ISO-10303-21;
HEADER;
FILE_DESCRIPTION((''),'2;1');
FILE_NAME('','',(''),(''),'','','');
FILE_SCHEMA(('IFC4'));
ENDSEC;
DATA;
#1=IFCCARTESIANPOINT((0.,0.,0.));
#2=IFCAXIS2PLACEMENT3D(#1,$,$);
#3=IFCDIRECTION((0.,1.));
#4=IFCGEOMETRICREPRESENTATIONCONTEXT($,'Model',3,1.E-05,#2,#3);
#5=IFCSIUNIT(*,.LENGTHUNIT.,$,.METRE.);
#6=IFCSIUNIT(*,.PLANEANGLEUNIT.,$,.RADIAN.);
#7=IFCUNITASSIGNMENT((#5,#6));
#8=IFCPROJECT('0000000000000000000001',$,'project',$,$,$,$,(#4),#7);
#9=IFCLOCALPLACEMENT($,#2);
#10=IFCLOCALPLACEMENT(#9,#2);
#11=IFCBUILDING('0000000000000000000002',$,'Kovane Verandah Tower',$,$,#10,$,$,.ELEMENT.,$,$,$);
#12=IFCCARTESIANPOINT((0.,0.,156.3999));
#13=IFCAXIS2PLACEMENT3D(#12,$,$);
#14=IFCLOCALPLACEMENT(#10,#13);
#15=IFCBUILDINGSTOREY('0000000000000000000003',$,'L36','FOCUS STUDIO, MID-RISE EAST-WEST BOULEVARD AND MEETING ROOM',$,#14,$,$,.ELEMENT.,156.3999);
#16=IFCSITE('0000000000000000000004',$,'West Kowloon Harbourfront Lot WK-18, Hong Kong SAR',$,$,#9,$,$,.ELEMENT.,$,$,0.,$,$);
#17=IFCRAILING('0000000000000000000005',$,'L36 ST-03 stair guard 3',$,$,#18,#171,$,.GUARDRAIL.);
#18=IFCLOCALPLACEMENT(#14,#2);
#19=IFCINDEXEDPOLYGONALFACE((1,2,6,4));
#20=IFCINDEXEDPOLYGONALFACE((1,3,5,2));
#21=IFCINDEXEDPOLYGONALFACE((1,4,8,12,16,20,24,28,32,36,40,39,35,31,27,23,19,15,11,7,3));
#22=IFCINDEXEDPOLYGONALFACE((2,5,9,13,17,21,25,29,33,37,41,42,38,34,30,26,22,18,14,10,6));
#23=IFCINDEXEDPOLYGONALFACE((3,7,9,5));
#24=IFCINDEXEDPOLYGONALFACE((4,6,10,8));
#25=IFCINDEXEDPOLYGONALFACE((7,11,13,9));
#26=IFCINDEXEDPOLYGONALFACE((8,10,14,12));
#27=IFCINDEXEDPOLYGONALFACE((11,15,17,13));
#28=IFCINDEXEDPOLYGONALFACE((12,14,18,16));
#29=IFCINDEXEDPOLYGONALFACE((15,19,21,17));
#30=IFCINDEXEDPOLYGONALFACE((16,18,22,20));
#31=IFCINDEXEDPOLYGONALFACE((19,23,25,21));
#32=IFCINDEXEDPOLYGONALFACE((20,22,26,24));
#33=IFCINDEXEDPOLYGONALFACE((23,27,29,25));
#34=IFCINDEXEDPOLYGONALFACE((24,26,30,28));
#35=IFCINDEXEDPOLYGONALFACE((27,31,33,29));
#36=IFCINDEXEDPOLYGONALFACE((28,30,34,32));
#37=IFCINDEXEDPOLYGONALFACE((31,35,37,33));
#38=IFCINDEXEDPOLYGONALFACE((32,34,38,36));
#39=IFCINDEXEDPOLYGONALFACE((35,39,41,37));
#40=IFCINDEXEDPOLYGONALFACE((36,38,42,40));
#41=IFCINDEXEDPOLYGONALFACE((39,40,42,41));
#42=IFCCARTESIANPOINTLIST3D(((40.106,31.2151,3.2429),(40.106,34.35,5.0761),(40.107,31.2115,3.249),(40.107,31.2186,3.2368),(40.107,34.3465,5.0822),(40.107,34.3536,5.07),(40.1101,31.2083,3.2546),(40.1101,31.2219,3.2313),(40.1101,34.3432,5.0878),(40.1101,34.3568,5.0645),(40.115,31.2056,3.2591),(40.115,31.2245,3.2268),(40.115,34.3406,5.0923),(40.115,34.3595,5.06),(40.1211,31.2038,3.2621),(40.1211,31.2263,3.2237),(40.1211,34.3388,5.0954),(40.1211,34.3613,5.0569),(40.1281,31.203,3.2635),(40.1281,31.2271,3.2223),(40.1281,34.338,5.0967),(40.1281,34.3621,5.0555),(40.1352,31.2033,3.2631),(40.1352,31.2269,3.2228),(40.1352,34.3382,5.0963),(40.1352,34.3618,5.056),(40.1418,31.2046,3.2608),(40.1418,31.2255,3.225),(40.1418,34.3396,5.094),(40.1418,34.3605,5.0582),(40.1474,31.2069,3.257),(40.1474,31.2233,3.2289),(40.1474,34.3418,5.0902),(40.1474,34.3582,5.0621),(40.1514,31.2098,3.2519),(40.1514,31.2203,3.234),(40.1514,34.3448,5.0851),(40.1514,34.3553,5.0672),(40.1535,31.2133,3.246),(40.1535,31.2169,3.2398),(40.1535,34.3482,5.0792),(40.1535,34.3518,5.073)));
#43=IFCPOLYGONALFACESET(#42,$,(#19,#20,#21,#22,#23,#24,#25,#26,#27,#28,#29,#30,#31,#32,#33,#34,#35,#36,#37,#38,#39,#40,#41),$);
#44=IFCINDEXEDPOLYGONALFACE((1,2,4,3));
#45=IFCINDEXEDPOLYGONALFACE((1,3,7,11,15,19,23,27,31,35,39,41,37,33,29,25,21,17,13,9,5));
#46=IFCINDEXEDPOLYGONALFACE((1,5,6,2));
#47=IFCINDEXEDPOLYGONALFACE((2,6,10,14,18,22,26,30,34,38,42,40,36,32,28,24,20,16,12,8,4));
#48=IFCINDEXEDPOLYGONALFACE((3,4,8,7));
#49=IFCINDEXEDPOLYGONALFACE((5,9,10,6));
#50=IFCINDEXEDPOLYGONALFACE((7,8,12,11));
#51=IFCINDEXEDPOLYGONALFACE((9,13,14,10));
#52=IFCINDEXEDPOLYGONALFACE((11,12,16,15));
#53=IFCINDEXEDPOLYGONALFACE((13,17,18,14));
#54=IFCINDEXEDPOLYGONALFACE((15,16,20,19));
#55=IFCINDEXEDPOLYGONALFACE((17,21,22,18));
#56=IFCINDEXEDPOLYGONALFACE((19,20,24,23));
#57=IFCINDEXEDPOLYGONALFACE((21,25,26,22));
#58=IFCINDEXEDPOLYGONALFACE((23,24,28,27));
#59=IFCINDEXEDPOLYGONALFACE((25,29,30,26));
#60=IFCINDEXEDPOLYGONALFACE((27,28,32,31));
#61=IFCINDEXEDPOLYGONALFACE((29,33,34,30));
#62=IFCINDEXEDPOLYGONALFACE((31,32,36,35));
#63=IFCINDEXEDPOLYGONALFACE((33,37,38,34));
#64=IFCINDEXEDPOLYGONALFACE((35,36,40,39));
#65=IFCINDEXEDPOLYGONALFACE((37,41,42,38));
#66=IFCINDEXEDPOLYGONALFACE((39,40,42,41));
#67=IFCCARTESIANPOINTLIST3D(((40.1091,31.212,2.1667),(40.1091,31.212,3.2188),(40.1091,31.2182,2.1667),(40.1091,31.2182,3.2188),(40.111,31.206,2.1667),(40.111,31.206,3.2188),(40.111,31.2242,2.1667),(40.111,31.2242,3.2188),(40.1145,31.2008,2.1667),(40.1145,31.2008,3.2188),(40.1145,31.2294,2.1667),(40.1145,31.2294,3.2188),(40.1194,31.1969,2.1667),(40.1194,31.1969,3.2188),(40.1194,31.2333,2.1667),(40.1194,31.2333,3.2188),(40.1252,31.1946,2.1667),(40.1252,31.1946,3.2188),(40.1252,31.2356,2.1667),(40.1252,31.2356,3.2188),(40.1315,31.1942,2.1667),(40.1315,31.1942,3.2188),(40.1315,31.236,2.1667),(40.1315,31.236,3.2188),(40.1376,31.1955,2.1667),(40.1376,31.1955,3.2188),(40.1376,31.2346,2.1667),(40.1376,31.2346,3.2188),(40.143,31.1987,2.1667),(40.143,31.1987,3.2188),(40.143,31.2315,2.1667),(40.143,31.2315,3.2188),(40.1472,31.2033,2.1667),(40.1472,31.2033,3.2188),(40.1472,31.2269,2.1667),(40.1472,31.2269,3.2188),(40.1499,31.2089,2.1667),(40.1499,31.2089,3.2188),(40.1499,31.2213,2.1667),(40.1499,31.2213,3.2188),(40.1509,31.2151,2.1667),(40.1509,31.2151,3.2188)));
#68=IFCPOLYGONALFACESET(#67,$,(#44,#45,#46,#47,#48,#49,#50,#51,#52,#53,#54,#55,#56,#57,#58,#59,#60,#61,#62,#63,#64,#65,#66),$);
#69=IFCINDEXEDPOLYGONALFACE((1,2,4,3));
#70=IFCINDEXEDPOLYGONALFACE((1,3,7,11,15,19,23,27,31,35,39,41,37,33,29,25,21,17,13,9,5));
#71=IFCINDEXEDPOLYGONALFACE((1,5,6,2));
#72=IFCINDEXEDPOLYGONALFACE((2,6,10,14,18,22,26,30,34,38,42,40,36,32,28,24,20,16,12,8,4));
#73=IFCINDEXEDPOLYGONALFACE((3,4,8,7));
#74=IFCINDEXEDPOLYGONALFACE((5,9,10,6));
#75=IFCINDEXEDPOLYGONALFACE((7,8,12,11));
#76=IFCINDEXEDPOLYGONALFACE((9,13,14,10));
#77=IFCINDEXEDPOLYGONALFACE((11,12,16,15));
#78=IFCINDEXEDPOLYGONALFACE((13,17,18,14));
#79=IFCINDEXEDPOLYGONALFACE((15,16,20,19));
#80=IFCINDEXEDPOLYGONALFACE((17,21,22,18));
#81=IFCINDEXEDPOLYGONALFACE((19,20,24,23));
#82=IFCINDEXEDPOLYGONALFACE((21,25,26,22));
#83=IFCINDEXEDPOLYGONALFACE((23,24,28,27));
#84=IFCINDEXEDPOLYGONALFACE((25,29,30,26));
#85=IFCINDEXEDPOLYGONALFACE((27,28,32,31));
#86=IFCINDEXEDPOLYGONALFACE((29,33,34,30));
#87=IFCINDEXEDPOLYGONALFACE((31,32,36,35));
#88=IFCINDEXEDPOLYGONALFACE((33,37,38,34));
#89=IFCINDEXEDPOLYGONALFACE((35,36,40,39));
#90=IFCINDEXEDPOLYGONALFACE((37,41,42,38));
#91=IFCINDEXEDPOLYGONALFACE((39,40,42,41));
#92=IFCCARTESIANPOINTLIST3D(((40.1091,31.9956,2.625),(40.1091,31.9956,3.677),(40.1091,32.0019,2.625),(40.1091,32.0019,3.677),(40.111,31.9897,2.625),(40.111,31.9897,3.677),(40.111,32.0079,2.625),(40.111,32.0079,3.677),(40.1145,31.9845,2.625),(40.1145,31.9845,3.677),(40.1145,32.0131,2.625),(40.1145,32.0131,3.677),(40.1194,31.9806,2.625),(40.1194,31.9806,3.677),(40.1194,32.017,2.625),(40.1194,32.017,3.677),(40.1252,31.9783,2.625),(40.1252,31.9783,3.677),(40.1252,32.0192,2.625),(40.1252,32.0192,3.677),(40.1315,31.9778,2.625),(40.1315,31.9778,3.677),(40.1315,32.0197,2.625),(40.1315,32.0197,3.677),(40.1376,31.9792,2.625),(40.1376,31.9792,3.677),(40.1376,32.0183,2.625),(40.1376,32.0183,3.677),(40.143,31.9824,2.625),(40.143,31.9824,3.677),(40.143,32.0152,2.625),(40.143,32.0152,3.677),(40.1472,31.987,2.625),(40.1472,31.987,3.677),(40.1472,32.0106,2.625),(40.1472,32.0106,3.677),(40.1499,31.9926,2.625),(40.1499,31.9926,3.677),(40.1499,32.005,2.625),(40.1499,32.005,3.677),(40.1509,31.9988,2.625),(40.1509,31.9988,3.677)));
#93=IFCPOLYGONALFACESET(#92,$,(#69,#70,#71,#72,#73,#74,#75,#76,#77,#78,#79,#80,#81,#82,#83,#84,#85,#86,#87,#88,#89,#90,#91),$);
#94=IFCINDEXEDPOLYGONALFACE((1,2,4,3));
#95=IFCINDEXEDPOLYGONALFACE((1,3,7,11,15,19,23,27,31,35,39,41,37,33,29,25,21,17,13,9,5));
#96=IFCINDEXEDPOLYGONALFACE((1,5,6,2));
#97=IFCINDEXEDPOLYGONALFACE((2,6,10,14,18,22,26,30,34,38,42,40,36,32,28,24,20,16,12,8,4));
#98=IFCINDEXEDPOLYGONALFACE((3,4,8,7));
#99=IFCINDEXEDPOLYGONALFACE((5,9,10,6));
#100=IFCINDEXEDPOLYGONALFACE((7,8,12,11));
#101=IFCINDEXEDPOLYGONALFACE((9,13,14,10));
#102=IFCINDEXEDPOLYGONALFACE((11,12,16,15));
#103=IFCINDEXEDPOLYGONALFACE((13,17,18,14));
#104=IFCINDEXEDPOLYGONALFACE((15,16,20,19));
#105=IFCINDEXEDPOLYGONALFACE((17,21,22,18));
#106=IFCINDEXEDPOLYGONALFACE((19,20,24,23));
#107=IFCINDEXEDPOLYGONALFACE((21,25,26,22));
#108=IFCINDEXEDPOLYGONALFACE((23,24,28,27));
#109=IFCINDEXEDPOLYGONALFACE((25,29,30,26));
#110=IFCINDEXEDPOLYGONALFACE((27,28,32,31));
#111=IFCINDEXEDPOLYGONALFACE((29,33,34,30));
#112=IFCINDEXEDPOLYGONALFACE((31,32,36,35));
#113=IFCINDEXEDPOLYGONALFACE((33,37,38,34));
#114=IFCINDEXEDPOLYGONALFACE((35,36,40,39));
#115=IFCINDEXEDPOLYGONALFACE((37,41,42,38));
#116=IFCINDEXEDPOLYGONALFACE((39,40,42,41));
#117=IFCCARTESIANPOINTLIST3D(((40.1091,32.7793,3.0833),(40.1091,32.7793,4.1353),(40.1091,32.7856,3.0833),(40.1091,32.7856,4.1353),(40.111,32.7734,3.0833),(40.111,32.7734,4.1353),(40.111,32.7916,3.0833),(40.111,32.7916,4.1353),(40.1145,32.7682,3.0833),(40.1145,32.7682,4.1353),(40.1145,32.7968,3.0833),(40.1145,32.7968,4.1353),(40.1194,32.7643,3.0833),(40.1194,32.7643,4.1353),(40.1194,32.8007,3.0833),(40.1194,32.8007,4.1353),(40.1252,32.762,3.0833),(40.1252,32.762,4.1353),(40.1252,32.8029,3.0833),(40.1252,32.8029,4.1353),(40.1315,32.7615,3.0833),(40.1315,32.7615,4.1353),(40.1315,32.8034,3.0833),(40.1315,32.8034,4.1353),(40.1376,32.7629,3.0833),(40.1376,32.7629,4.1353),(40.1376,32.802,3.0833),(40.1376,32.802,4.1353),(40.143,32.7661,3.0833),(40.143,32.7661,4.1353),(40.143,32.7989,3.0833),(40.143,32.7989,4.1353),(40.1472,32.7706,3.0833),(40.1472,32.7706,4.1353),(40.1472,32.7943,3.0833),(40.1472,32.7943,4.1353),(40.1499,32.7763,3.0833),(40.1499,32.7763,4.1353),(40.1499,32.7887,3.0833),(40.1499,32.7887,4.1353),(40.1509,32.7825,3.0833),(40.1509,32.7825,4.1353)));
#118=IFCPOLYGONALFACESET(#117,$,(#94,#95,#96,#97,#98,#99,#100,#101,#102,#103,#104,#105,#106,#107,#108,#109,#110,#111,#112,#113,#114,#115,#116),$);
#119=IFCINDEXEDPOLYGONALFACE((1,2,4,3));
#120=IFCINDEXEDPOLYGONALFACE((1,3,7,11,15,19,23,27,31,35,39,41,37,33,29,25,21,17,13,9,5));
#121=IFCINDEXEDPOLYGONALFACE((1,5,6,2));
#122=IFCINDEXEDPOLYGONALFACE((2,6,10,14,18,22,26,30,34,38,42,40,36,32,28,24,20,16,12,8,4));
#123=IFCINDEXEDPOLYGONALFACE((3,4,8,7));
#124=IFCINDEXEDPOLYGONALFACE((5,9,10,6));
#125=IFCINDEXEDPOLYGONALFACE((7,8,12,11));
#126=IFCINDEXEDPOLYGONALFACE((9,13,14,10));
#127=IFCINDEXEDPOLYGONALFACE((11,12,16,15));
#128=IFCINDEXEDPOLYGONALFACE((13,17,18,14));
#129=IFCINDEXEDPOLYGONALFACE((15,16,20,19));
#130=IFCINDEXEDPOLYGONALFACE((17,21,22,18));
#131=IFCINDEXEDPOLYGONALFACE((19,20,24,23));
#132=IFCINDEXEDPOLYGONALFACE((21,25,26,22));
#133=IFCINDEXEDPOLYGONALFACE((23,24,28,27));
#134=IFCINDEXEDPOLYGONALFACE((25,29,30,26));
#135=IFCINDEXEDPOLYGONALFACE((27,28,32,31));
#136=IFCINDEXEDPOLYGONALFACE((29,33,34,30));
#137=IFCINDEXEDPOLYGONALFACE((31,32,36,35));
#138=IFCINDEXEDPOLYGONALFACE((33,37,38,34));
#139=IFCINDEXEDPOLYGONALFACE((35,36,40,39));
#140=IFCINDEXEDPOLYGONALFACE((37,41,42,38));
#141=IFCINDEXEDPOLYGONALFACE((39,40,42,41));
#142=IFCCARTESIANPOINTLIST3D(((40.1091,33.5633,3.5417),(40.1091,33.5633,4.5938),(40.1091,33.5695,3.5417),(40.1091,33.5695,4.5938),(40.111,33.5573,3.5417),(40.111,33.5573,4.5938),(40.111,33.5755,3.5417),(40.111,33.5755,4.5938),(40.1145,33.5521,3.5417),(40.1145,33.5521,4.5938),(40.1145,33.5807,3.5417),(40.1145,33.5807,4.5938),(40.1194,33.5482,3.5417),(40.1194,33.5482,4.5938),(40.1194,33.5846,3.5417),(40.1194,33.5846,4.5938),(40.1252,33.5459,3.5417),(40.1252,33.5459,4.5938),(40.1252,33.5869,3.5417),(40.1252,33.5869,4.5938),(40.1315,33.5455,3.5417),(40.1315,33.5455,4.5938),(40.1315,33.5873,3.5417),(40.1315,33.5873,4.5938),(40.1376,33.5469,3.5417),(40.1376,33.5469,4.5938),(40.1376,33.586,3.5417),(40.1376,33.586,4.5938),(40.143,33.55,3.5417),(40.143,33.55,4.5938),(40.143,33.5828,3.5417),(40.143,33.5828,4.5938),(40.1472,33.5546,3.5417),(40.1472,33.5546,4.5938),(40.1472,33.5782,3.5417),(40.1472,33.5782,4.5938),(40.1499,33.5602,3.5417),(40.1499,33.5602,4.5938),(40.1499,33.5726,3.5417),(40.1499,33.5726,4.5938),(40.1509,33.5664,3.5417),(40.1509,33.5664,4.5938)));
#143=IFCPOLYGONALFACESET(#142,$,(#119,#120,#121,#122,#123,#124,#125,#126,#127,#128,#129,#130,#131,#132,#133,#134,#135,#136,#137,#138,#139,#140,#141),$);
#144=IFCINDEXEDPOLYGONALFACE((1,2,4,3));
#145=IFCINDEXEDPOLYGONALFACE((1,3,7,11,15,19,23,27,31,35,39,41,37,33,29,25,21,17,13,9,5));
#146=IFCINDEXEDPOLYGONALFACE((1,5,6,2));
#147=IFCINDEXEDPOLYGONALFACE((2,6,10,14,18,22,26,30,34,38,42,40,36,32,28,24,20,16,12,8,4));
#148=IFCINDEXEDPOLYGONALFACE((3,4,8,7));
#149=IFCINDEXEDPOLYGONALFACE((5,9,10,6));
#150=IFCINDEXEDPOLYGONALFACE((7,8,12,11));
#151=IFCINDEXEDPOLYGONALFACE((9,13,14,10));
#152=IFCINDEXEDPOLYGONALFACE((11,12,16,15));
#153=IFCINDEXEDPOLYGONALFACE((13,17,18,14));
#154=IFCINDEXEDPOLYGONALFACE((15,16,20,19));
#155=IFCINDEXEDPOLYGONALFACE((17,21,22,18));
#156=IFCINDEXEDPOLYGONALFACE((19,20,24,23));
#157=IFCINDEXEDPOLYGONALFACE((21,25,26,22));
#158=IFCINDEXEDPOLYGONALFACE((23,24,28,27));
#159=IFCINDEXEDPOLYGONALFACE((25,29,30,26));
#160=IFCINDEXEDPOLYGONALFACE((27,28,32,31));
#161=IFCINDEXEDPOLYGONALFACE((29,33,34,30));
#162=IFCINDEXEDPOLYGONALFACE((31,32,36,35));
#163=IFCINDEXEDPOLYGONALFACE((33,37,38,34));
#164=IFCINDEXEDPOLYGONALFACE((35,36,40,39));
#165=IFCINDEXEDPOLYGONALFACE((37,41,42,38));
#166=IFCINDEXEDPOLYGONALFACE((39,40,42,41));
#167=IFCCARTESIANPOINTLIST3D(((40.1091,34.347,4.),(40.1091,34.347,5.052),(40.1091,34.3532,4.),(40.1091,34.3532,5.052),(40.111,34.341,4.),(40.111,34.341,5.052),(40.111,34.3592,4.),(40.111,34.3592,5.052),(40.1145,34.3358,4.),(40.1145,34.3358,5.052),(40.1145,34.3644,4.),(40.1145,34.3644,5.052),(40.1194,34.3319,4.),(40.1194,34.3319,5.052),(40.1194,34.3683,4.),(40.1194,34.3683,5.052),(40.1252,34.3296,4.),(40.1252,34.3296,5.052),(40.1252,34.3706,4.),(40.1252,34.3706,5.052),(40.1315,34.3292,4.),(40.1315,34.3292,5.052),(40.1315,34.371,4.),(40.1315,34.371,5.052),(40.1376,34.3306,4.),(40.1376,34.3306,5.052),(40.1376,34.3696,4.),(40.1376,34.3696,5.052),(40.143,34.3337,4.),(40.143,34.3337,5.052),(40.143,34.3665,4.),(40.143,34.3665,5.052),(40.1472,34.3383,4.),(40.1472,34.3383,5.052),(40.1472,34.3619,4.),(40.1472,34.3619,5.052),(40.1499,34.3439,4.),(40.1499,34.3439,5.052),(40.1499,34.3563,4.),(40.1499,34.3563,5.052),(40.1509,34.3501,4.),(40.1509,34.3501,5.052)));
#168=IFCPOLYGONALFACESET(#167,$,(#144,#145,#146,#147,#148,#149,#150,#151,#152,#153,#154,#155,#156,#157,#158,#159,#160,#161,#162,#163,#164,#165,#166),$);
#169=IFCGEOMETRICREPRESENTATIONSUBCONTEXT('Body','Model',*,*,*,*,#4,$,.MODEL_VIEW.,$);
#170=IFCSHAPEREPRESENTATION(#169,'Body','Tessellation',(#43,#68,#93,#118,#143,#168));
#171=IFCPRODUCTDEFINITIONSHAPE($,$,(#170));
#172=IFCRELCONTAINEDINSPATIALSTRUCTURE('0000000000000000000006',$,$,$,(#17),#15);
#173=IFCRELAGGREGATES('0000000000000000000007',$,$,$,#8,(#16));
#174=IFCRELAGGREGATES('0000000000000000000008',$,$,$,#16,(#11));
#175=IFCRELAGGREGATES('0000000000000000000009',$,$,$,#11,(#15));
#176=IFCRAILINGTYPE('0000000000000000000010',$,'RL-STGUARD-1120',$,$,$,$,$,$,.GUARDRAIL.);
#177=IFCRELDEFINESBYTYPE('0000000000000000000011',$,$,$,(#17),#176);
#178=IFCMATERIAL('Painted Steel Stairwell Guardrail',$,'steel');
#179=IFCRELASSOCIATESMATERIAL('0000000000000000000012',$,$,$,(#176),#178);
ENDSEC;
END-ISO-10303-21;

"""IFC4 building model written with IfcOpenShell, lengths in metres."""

from ifc_helpers import new_model, si_unit, direction, frame, origin, origin_2d, place, context, subcontext, project, spatial, circle, extrude, material, type_object, element, save


model = new_model("IFC4")

# Units and contexts
model_context = context("Model", 3, precision=1e-05, world=origin(), true_north=direction((0.0, 1.0)))
body_context = subcontext(model_context, "Body", "Model", "MODEL_VIEW")
ifc_project = project(units=[si_unit("LENGTHUNIT", "METRE"), si_unit("PLANEANGLEUNIT", "RADIAN")], contexts=[model_context])

# Site, building, storey
site_placement = place(None, origin())
site = spatial("IfcSite", under=ifc_project, at=site_placement, Name="West Kowloon Harbourfront Lot WK-18, Hong Kong SAR", CompositionType="ELEMENT", RefElevation=0.0)
building_placement = place(site_placement, origin())
building = spatial("IfcBuilding", under=site, at=building_placement, Name="Kovane Verandah Tower", CompositionType="ELEMENT")
storey_placement = place(building_placement, frame((0.0, 0.0, 156.3999)))
storey = spatial("IfcBuildingStorey", under=building, at=storey_placement, Name="L36", Description="FOCUS STUDIO, MID-RISE EAST-WEST BOULEVARD AND MEETING ROOM", CompositionType="ELEMENT", Elevation=156.3999)

# Railing
ifc_material_1 = material(Name="Painted Steel Stairwell Guardrail", Category="steel")
railing_type_1 = type_object("IfcRailingType", Name="RL-STGUARD-1120", PredefinedType="GUARDRAIL", material=ifc_material_1)
railing_1_placement = place(storey_placement, frame((40.1299, 31.2151, 2.1667)))
element("IfcRailing", 1, at=railing_1_placement, inside=storey, type_object=railing_type_1, Name="L36 ST-03 stair guard 3", PredefinedType="GUARDRAIL", context=body_context, shape_type="SweptSolid", body=[
    extrude(circle(Radius=0.0239, at=origin_2d()), frame((0.0, 0.0, 1.0762), z_axis=(0.0, 0.86324, 0.504794), x_axis=(-1.0, 0.0, 0.0)), (0.0, 0.0, 1.0), 3.6316),
    extrude(circle(Radius=0.021, at=origin_2d()), origin(), (0.0, 0.0, 1.0), 1.052),
    extrude(circle(Radius=0.021, at=origin_2d()), frame((0.0, 0.7837, 0.4583)), (0.0, 0.0, 1.0), 1.052),
    extrude(circle(Radius=0.021, at=origin_2d()), frame((0.0, 1.5674, 0.9165)), (0.0, 0.0, 1.0), 1.052),
    extrude(circle(Radius=0.021, at=origin_2d()), frame((0.0, 2.3513, 1.375)), (0.0, 0.0, 1.0), 1.052),
    extrude(circle(Radius=0.021, at=origin_2d()), frame((0.0, 3.135, 1.8333)), (0.0, 0.0, 1.0), 1.052),
])

save(model, "model.ifc")
